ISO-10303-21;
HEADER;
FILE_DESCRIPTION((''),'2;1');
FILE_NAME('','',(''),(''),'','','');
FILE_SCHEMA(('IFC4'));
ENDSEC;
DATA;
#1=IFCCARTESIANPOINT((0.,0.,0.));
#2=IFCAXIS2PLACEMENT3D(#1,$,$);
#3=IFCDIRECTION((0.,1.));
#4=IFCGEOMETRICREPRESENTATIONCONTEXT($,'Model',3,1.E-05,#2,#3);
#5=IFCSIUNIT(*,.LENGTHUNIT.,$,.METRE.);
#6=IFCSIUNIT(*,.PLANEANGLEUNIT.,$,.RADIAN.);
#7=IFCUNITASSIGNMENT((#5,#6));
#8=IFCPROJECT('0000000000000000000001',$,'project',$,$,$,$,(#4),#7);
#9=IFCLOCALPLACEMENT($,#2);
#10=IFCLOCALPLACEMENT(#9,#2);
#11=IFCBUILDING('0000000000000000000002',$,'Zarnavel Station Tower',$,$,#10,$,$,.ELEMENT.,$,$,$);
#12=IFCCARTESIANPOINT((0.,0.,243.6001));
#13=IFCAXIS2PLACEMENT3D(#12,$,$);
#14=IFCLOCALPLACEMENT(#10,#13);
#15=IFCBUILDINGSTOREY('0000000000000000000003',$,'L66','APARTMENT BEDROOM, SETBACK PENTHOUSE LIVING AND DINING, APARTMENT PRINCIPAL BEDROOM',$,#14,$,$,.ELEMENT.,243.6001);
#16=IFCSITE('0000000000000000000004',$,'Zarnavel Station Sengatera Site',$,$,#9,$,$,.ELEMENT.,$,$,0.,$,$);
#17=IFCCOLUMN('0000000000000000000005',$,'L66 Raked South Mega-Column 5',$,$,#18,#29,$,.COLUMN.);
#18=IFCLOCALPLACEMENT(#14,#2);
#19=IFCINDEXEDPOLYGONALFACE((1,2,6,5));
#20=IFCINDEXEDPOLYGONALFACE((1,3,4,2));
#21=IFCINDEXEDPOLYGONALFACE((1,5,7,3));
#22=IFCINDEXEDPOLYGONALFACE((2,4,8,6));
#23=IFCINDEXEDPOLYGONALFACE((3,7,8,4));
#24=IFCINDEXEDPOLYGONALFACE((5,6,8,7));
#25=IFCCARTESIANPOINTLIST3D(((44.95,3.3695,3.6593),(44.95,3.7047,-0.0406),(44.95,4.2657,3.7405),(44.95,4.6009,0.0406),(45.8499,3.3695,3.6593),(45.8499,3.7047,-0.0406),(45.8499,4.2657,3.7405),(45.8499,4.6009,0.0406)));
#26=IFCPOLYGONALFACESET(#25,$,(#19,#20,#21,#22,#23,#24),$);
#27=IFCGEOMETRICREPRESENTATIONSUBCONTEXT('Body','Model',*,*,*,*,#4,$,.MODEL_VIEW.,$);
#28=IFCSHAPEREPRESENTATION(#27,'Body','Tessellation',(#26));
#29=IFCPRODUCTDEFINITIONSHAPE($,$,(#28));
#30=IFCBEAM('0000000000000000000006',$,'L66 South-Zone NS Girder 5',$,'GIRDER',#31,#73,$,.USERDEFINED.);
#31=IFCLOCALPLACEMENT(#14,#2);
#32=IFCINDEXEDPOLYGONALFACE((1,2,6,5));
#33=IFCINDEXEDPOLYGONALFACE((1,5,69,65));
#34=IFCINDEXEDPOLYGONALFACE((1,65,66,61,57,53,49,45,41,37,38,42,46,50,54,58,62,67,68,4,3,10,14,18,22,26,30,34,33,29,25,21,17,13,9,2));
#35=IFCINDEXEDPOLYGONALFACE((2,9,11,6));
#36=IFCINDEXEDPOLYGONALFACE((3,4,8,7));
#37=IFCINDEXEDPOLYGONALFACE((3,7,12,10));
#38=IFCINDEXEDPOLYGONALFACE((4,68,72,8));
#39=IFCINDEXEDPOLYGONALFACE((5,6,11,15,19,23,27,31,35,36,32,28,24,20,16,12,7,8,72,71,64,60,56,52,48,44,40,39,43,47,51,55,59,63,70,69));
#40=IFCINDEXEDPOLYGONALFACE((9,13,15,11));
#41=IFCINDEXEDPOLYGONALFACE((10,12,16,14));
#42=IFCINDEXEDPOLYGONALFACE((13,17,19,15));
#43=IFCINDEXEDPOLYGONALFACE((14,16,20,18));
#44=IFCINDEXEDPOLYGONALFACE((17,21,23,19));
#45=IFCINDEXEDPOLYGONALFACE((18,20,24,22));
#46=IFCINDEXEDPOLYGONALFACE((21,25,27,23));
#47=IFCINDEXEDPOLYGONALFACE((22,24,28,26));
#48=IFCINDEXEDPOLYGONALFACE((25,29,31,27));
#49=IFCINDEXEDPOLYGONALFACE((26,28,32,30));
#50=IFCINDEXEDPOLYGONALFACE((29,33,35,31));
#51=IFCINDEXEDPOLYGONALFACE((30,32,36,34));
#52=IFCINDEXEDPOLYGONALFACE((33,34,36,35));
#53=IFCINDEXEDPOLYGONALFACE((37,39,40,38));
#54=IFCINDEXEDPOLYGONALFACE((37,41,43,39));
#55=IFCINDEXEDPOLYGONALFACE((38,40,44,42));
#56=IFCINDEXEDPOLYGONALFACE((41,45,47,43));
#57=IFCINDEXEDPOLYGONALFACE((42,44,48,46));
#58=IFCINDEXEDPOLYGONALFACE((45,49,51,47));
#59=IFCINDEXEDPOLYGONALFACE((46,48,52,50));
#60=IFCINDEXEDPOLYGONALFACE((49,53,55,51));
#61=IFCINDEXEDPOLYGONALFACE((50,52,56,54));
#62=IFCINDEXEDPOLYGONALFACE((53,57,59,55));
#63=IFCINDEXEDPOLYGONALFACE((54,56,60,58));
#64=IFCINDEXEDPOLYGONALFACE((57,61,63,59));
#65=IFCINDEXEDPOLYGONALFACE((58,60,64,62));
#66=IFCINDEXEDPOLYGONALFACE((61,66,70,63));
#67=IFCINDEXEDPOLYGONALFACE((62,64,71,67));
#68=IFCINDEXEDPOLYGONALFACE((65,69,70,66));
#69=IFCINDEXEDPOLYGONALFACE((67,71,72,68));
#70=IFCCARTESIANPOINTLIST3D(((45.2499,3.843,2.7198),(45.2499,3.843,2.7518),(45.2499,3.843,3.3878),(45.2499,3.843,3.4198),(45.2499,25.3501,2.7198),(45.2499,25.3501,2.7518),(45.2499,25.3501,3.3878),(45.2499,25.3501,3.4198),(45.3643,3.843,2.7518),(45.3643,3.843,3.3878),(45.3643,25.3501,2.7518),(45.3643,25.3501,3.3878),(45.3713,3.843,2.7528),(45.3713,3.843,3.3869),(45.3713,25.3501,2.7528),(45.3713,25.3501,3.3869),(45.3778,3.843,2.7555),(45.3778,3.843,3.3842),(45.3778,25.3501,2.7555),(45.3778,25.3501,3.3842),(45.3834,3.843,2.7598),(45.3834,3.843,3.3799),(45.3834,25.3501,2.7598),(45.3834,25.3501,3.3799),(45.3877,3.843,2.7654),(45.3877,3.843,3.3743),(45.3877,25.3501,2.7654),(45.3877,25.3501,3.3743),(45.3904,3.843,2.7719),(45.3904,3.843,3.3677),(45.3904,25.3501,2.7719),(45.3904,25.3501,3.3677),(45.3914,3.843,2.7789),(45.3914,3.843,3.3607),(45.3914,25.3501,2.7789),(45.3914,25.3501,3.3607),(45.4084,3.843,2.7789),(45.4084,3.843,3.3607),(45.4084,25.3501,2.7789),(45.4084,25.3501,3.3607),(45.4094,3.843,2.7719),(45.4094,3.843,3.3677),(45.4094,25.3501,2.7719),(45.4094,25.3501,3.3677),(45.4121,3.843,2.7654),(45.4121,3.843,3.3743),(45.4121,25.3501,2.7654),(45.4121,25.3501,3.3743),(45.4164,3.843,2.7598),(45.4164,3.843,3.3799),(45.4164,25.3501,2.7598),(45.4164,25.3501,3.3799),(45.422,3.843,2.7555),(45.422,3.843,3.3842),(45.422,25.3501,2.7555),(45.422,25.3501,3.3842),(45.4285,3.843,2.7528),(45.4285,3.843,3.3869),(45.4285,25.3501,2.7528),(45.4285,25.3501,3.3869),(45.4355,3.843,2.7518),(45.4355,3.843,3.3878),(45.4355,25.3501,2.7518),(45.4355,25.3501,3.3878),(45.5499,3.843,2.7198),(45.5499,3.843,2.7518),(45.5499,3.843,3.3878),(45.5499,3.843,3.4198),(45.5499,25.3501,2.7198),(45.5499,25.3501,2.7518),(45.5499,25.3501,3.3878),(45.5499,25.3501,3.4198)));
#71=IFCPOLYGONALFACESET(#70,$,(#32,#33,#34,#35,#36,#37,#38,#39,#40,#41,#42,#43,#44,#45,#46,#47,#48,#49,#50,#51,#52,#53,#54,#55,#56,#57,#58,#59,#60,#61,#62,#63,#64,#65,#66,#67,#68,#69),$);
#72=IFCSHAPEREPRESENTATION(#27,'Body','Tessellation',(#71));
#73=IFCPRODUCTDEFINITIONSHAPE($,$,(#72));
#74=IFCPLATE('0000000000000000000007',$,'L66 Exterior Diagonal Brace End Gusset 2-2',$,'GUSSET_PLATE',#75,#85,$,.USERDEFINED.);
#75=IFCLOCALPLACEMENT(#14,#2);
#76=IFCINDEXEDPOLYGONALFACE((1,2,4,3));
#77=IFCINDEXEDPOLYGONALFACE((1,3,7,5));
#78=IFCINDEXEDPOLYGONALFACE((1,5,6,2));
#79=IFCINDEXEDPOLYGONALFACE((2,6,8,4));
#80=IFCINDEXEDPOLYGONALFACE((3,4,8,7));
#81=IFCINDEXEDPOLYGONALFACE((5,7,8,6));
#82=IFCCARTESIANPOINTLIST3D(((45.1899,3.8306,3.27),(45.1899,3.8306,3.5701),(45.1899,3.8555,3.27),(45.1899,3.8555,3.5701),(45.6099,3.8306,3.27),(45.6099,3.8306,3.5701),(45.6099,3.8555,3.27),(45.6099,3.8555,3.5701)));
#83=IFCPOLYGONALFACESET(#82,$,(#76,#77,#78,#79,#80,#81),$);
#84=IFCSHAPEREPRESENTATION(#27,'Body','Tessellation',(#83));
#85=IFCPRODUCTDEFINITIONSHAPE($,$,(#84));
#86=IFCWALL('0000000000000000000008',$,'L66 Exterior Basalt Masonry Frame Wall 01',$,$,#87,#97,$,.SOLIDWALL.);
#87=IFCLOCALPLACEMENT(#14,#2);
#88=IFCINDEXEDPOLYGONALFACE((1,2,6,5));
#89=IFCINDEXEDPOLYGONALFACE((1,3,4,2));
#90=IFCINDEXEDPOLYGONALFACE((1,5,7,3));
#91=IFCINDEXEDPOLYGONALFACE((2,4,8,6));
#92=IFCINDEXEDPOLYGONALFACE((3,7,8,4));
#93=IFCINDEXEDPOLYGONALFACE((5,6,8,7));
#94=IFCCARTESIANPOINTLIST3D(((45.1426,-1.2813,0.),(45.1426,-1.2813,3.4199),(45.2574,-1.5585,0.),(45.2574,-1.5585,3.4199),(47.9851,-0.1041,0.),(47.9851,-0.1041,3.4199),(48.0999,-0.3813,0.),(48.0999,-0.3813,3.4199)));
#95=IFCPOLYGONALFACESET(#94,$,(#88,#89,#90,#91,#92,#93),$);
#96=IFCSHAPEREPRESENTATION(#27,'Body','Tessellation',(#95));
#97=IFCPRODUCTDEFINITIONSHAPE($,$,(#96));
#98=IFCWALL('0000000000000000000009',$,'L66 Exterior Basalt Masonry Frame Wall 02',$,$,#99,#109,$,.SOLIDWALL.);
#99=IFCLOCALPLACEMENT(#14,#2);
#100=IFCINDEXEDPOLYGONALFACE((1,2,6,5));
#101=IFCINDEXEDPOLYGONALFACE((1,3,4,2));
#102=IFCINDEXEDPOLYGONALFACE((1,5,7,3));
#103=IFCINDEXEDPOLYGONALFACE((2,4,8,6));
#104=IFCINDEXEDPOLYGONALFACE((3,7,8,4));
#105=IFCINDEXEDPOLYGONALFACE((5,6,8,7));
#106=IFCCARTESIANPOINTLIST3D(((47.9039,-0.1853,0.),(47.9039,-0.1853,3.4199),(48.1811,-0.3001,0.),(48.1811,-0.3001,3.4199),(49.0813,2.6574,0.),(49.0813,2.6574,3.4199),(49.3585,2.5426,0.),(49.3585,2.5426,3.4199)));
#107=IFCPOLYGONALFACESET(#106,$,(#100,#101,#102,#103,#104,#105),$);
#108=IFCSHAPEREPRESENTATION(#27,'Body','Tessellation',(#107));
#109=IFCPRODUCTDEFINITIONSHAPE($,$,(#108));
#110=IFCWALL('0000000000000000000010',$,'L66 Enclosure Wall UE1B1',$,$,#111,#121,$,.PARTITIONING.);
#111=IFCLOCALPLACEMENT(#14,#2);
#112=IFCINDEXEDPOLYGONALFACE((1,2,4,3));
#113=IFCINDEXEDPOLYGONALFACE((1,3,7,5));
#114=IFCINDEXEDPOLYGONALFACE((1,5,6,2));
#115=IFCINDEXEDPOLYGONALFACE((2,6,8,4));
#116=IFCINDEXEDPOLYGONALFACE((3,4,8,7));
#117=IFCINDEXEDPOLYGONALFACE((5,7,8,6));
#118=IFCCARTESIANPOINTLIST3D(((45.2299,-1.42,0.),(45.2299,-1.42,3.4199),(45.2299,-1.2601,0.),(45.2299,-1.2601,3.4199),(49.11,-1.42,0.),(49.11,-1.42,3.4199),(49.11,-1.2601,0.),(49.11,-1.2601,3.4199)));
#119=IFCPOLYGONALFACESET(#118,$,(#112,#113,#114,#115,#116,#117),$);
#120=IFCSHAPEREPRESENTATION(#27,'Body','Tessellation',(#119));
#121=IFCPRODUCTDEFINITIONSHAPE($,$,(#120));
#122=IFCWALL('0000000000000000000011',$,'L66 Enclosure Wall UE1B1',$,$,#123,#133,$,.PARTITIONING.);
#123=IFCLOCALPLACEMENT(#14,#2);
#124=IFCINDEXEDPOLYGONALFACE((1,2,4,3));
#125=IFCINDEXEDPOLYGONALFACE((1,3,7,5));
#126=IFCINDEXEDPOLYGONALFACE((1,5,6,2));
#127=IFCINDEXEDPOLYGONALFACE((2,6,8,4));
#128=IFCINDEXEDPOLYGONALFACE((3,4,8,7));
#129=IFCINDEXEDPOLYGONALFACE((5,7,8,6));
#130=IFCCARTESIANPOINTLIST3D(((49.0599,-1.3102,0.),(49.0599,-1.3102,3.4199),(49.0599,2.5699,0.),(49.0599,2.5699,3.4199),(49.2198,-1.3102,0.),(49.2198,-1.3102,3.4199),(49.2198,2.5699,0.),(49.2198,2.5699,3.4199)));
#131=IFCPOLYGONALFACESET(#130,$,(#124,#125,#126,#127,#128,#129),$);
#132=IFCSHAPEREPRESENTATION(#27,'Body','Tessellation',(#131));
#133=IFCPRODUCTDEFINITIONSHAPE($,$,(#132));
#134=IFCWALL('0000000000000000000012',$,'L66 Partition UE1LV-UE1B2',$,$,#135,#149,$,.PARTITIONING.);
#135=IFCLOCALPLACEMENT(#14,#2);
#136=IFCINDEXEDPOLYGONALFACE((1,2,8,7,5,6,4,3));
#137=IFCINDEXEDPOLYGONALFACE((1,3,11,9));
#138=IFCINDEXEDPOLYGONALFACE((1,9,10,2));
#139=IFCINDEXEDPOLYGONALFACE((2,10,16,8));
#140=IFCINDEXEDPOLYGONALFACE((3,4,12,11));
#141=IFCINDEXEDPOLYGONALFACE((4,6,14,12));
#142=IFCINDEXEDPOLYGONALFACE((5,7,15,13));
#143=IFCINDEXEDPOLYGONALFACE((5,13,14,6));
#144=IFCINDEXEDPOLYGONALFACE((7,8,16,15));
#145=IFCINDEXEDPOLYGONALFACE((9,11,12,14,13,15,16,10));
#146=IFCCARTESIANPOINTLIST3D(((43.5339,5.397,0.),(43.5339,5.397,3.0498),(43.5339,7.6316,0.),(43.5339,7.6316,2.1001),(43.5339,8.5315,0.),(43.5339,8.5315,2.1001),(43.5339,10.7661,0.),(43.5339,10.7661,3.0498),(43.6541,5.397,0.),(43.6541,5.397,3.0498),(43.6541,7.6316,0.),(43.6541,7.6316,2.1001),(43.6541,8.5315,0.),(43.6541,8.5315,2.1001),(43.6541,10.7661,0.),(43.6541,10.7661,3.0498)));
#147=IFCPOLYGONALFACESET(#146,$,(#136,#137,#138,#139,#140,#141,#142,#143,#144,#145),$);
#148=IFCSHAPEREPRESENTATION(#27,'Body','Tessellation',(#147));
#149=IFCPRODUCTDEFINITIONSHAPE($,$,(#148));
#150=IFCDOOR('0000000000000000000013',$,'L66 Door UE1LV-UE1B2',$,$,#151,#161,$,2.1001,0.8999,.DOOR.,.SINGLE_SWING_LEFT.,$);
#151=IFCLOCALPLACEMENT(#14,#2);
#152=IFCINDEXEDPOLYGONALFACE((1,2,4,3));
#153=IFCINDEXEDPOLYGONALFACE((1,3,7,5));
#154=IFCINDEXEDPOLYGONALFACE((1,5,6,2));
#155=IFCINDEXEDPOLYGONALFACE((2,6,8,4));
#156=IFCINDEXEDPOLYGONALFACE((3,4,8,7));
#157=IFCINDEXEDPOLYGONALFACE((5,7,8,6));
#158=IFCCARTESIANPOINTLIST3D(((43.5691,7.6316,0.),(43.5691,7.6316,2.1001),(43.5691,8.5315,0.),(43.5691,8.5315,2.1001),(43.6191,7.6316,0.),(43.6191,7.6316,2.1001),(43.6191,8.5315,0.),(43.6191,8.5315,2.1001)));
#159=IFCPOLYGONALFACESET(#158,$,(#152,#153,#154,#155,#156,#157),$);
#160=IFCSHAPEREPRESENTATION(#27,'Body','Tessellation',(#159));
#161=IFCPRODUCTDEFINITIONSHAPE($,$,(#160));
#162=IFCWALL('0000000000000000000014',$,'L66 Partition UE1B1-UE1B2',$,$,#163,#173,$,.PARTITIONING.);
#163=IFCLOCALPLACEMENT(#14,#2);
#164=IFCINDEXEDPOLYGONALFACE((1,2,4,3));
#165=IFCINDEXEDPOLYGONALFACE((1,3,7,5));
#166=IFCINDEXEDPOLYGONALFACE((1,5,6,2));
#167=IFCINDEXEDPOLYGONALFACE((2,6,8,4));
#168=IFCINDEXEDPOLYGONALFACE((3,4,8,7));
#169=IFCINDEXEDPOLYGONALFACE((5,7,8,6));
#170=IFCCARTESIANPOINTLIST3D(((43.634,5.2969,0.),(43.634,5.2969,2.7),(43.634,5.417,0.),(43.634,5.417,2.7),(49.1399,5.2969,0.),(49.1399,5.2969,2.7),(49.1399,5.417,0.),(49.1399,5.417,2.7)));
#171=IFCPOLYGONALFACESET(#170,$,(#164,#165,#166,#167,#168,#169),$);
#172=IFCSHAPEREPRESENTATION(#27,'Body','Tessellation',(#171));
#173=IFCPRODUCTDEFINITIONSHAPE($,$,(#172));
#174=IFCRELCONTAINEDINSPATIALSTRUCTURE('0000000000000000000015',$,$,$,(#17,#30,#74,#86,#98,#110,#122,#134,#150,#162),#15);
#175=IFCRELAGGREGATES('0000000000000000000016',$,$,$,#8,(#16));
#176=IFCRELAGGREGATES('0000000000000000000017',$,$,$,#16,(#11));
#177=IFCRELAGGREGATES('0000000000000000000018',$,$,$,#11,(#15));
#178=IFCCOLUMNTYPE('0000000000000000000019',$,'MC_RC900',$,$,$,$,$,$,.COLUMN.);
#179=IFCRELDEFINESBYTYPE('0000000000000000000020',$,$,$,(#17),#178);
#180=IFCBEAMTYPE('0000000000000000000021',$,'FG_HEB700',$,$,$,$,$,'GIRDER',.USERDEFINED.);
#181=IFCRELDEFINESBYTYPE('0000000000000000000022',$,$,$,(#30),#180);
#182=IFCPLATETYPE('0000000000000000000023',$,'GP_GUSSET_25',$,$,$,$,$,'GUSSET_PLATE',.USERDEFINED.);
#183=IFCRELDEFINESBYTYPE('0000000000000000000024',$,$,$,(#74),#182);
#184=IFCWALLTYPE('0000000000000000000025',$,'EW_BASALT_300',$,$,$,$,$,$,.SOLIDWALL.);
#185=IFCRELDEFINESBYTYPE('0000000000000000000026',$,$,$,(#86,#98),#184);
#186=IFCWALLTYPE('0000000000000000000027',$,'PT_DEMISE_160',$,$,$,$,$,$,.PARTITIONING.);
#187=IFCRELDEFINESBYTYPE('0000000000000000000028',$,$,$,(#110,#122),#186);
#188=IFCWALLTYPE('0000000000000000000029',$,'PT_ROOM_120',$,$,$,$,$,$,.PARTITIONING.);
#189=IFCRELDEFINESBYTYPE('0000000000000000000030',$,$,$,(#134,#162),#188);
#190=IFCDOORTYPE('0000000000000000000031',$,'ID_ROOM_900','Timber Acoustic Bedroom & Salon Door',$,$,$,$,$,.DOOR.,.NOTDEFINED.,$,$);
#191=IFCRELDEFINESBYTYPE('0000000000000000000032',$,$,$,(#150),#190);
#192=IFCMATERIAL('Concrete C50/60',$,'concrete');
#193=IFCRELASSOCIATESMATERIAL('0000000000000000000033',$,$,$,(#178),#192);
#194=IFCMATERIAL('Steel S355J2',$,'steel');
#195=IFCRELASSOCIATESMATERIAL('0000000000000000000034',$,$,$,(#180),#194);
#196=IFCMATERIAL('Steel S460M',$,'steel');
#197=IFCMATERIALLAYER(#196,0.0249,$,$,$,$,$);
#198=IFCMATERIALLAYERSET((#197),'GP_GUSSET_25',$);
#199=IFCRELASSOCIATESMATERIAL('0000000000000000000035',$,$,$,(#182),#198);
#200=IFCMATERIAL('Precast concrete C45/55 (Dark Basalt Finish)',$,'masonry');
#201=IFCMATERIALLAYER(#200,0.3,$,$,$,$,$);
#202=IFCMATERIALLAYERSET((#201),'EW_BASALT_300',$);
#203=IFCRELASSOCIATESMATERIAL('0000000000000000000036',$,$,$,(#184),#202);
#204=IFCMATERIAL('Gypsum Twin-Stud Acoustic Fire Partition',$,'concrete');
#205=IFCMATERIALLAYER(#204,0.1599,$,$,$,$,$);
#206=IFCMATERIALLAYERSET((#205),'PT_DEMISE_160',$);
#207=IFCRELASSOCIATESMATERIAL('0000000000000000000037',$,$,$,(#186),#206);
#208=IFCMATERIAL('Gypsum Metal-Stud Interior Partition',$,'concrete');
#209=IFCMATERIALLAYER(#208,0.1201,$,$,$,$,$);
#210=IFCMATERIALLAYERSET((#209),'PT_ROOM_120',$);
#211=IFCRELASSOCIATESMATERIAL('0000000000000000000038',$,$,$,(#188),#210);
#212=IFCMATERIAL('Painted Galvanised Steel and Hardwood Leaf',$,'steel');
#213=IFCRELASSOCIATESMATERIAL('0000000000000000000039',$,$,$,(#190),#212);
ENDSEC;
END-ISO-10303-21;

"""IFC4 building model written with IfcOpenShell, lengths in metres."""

from ifc_helpers import new_model, si_unit, direction, frame, frame_2d, origin, origin_2d, place, context, subcontext, project, spatial, rectangle, i_section, extrude, material, layer, layer_set, material_profile, profile_set, type_object, element, fill, save


model = new_model("IFC4")

# Units and contexts
model_context = context("Model", 3, precision=1e-05, world=origin(), true_north=direction((0.0, 1.0)))
body_context = subcontext(model_context, "Body", "Model", "MODEL_VIEW")
ifc_project = project(units=[si_unit("LENGTHUNIT", "METRE"), si_unit("PLANEANGLEUNIT", "RADIAN")], contexts=[model_context])

# Site, building, storey
site_placement = place(None, origin())
site = spatial("IfcSite", under=ifc_project, at=site_placement, Name="Zarnavel Station Sengatera Site", CompositionType="ELEMENT", RefElevation=0.0)
building_placement = place(site_placement, origin())
building = spatial("IfcBuilding", under=site, at=building_placement, Name="Zarnavel Station Tower", CompositionType="ELEMENT")
storey_placement = place(building_placement, frame((0.0, 0.0, 243.6001)))
storey = spatial("IfcBuildingStorey", under=building, at=storey_placement, Name="L66", Description="APARTMENT BEDROOM, SETBACK PENTHOUSE LIVING AND DINING, APARTMENT PRINCIPAL BEDROOM", CompositionType="ELEMENT", Elevation=243.6001)

# Column
ifc_material_1 = material(Name="Concrete C50/60", Category="concrete")
ifc_material_profile_1 = material_profile(ifc_material_1, rectangle(XDim=0.8999, YDim=0.8999, at=origin_2d()), Name="RC900x900")
ifc_profile_set_1 = profile_set([ifc_material_profile_1], Name="Concrete C50/60")
column_type = type_object("IfcColumnType", Name="MC_RC900", PredefinedType="COLUMN", material=ifc_profile_set_1)
column_placement = place(storey_placement, frame((45.3999, 4.1528, 0.0), z_axis=(0.0, -0.090228, 0.995921), x_axis=(1.0, 0.0, 0.0)))
element("IfcColumn", 1, at=column_placement, inside=storey, type_object=column_type, Name="L66 Raked South Mega-Column 5", PredefinedType="COLUMN", context=body_context, shape_type="SweptSolid", body=[
    extrude(rectangle(XDim=0.8999, YDim=0.8999, at=origin_2d()), origin(), (0.0, 0.0, 1.0), 3.7151),
])

# Beam
ifc_material_2 = material(Name="Steel S355J2", Category="steel")
ifc_material_profile_2 = material_profile(ifc_material_2, i_section(OverallWidth=0.3, OverallDepth=0.7, WebThickness=0.0171, FlangeThickness=0.032, FilletRadius=0.0271, at=origin_2d()), Name="HEB700")
ifc_profile_set_2 = profile_set([ifc_material_profile_2], Name="Steel S355J2")
beam_type = type_object("IfcBeamType", Name="FG_HEB700", ElementType="GIRDER", PredefinedType="USERDEFINED", material=ifc_profile_set_2)
beam_placement = place(storey_placement, frame((45.3999, 3.843, 3.0698), z_axis=(0.0, 1.0, 0.0), x_axis=(-1.0, 0.0, 0.0)))
element("IfcBeam", 2, at=beam_placement, inside=storey, type_object=beam_type, Name="L66 South-Zone NS Girder 5", ObjectType="GIRDER", PredefinedType="USERDEFINED", context=body_context, shape_type="SweptSolid", body=[
    extrude(i_section(OverallWidth=0.3, OverallDepth=0.7, WebThickness=0.0171, FlangeThickness=0.032, FilletRadius=0.0271, at=origin_2d()), origin(), (0.0, 0.0, 1.0), 21.5071),
])

# Plate
ifc_material_3 = material(Name="Steel S460M", Category="steel")
ifc_layer_1 = layer(ifc_material_3, 0.0249)
ifc_layer_set_1 = layer_set([ifc_layer_1], Name="GP_GUSSET_25")
plate_type = type_object("IfcPlateType", Name="GP_GUSSET_25", ElementType="GUSSET_PLATE", PredefinedType="USERDEFINED", material=ifc_layer_set_1)
plate_placement = place(storey_placement, frame((45.3999, 3.843, 3.27), z_axis=(0.0, 0.0, 1.0), x_axis=(1.0, 0.0, 0.0)))
element("IfcPlate", 3, at=plate_placement, inside=storey, type_object=plate_type, Name="L66 Exterior Diagonal Brace End Gusset 2-2", ObjectType="GUSSET_PLATE", PredefinedType="USERDEFINED", context=body_context, shape_type="SweptSolid", body=[
    extrude(rectangle(XDim=0.4199, YDim=0.0249, at=origin_2d()), origin(), (0.0, 0.0, 1.0), 0.3),
])

# Walls
ifc_material_4 = material(Name="Precast concrete C45/55 (Dark Basalt Finish)", Category="masonry")
ifc_layer_2 = layer(ifc_material_4, 0.3)
ifc_layer_set_2 = layer_set([ifc_layer_2], Name="EW_BASALT_300")
wall_type_1 = type_object("IfcWallType", Name="EW_BASALT_300", PredefinedType="SOLIDWALL", material=ifc_layer_set_2)
wall_1_placement = place(storey_placement, frame((48.0425, -0.2427, 0.0), z_axis=(0.0, 0.0, 1.0), x_axis=(-0.923899, -0.382637, 0.0)))
element("IfcWall", 4, at=wall_1_placement, inside=storey, type_object=wall_type_1, Name="L66 Exterior Basalt Masonry Frame Wall 01", PredefinedType="SOLIDWALL", context=body_context, shape_type="SweptSolid", body=[
    extrude(rectangle(XDim=3.0767, YDim=0.3, at=frame_2d((1.5383, 0.0))), origin(), (0.0, 0.0, 1.0), 3.4199),
])
wall_2_placement = place(storey_placement, frame((49.22, 2.6001, 0.0), z_axis=(0.0, 0.0, 1.0), x_axis=(-0.382676, -0.923882, 0.0)))
element("IfcWall", 5, at=wall_2_placement, inside=storey, type_object=wall_type_1, Name="L66 Exterior Basalt Masonry Frame Wall 02", PredefinedType="SOLIDWALL", context=body_context, shape_type="SweptSolid", body=[
    extrude(rectangle(XDim=3.0769, YDim=0.3, at=frame_2d((1.5386, 0.0))), origin(), (0.0, 0.0, 1.0), 3.4199),
])

# Walls
ifc_material_5 = material(Name="Gypsum Twin-Stud Acoustic Fire Partition", Category="concrete")
ifc_layer_3 = layer(ifc_material_5, 0.1599)
ifc_layer_set_3 = layer_set([ifc_layer_3], Name="PT_DEMISE_160")
wall_type_2 = type_object("IfcWallType", Name="PT_DEMISE_160", PredefinedType="PARTITIONING", material=ifc_layer_set_3)
for number, where, z_axis, x_axis, name in (
    (6, (45.23, -1.3401, 0.0), (0.0, 0.0, 1.0), (1.0, 0.0, 0.0), "L66 Enclosure Wall UE1B1"),
    (7, (49.1399, -1.3101, 0.0), (0.0, 0.0, 1.0), (0.0, 1.0, 0.0), "L66 Enclosure Wall UE1B1"),
):
    element("IfcWall", number, at=place(storey_placement, frame(where, z_axis=z_axis, x_axis=x_axis)), inside=storey, type_object=wall_type_2, Name=name, PredefinedType="PARTITIONING", context=body_context, shape_type="SweptSolid", body=[
        extrude(rectangle(XDim=3.8801, YDim=0.1599, at=frame_2d((1.9399, 0.0))), origin(), (0.0, 0.0, 1.0), 3.4199),
    ])

# Wall, opening, door
ifc_material_6 = material(Name="Gypsum Metal-Stud Interior Partition", Category="concrete")
ifc_layer_4 = layer(ifc_material_6, 0.1201)
ifc_layer_set_4 = layer_set([ifc_layer_4], Name="PT_ROOM_120")
wall_type_3 = type_object("IfcWallType", Name="PT_ROOM_120", PredefinedType="PARTITIONING", material=ifc_layer_set_4)
wall_3_placement = place(storey_placement, frame((43.594, 5.397, 0.0), z_axis=(0.0, 0.0, 1.0), x_axis=(0.0, 1.0, 0.0)))
wall_3 = element("IfcWall", 8, at=wall_3_placement, inside=storey, type_object=wall_type_3, Name="L66 Partition UE1LV-UE1B2", PredefinedType="PARTITIONING", context=body_context, shape_type="SweptSolid", body=[
    extrude(rectangle(XDim=5.3691, YDim=0.1201, at=frame_2d((2.6846, 0.0))), origin(), (0.0, 0.0, 1.0), 3.0498),
])
opening_1_placement = place(wall_3_placement, frame((2.2346, 0.0, 0.0)))
opening_1 = element("IfcOpeningElement", 9, at=opening_1_placement, cuts=wall_3, PredefinedType="OPENING", context=body_context, shape_type="SweptSolid", body=[
    extrude(rectangle(XDim=0.8999, YDim=2.1001, at=frame_2d((0.45, 1.05))), frame((0.0, 0.0701, 0.0), z_axis=(0.0, -1.0, 0.0), x_axis=(1.0, 0.0, 0.0)), (0.0, 0.0, 1.0), 0.1401),
])
ifc_material_7 = material(Name="Painted Galvanised Steel and Hardwood Leaf", Category="steel")
door_type = type_object("IfcDoorType", Name="ID_ROOM_900", Description="Timber Acoustic Bedroom & Salon Door", OperationType="NOTDEFINED", PredefinedType="DOOR", material=ifc_material_7)
door_placement = place(opening_1_placement, origin())
door = element("IfcDoor", 10, at=door_placement, inside=storey, type_object=door_type, Name="L66 Door UE1LV-UE1B2", OperationType="SINGLE_SWING_LEFT", OverallHeight=2.1001, OverallWidth=0.8999, PredefinedType="DOOR", context=body_context, shape_type="SweptSolid", body=[
    extrude(rectangle(XDim=0.8999, YDim=2.1001, at=frame_2d((0.45, 1.05))), frame((0.0, 0.0249, 0.0), z_axis=(0.0, -1.0, 0.0), x_axis=(1.0, 0.0, 0.0)), (0.0, 0.0, 1.0), 0.05),
])
fill(opening_1, door)

# Wall
wall_4_placement = place(storey_placement, frame((43.634, 5.3569, 0.0), z_axis=(0.0, 0.0, 1.0), x_axis=(1.0, 0.0, 0.0)))
element("IfcWall", 11, at=wall_4_placement, inside=storey, type_object=wall_type_3, Name="L66 Partition UE1B1-UE1B2", PredefinedType="PARTITIONING", context=body_context, shape_type="SweptSolid", body=[
    extrude(rectangle(XDim=5.5059, YDim=0.1201, at=frame_2d((2.7529, 0.0))), origin(), (0.0, 0.0, 1.0), 2.7),
])

save(model, "model.ifc")
